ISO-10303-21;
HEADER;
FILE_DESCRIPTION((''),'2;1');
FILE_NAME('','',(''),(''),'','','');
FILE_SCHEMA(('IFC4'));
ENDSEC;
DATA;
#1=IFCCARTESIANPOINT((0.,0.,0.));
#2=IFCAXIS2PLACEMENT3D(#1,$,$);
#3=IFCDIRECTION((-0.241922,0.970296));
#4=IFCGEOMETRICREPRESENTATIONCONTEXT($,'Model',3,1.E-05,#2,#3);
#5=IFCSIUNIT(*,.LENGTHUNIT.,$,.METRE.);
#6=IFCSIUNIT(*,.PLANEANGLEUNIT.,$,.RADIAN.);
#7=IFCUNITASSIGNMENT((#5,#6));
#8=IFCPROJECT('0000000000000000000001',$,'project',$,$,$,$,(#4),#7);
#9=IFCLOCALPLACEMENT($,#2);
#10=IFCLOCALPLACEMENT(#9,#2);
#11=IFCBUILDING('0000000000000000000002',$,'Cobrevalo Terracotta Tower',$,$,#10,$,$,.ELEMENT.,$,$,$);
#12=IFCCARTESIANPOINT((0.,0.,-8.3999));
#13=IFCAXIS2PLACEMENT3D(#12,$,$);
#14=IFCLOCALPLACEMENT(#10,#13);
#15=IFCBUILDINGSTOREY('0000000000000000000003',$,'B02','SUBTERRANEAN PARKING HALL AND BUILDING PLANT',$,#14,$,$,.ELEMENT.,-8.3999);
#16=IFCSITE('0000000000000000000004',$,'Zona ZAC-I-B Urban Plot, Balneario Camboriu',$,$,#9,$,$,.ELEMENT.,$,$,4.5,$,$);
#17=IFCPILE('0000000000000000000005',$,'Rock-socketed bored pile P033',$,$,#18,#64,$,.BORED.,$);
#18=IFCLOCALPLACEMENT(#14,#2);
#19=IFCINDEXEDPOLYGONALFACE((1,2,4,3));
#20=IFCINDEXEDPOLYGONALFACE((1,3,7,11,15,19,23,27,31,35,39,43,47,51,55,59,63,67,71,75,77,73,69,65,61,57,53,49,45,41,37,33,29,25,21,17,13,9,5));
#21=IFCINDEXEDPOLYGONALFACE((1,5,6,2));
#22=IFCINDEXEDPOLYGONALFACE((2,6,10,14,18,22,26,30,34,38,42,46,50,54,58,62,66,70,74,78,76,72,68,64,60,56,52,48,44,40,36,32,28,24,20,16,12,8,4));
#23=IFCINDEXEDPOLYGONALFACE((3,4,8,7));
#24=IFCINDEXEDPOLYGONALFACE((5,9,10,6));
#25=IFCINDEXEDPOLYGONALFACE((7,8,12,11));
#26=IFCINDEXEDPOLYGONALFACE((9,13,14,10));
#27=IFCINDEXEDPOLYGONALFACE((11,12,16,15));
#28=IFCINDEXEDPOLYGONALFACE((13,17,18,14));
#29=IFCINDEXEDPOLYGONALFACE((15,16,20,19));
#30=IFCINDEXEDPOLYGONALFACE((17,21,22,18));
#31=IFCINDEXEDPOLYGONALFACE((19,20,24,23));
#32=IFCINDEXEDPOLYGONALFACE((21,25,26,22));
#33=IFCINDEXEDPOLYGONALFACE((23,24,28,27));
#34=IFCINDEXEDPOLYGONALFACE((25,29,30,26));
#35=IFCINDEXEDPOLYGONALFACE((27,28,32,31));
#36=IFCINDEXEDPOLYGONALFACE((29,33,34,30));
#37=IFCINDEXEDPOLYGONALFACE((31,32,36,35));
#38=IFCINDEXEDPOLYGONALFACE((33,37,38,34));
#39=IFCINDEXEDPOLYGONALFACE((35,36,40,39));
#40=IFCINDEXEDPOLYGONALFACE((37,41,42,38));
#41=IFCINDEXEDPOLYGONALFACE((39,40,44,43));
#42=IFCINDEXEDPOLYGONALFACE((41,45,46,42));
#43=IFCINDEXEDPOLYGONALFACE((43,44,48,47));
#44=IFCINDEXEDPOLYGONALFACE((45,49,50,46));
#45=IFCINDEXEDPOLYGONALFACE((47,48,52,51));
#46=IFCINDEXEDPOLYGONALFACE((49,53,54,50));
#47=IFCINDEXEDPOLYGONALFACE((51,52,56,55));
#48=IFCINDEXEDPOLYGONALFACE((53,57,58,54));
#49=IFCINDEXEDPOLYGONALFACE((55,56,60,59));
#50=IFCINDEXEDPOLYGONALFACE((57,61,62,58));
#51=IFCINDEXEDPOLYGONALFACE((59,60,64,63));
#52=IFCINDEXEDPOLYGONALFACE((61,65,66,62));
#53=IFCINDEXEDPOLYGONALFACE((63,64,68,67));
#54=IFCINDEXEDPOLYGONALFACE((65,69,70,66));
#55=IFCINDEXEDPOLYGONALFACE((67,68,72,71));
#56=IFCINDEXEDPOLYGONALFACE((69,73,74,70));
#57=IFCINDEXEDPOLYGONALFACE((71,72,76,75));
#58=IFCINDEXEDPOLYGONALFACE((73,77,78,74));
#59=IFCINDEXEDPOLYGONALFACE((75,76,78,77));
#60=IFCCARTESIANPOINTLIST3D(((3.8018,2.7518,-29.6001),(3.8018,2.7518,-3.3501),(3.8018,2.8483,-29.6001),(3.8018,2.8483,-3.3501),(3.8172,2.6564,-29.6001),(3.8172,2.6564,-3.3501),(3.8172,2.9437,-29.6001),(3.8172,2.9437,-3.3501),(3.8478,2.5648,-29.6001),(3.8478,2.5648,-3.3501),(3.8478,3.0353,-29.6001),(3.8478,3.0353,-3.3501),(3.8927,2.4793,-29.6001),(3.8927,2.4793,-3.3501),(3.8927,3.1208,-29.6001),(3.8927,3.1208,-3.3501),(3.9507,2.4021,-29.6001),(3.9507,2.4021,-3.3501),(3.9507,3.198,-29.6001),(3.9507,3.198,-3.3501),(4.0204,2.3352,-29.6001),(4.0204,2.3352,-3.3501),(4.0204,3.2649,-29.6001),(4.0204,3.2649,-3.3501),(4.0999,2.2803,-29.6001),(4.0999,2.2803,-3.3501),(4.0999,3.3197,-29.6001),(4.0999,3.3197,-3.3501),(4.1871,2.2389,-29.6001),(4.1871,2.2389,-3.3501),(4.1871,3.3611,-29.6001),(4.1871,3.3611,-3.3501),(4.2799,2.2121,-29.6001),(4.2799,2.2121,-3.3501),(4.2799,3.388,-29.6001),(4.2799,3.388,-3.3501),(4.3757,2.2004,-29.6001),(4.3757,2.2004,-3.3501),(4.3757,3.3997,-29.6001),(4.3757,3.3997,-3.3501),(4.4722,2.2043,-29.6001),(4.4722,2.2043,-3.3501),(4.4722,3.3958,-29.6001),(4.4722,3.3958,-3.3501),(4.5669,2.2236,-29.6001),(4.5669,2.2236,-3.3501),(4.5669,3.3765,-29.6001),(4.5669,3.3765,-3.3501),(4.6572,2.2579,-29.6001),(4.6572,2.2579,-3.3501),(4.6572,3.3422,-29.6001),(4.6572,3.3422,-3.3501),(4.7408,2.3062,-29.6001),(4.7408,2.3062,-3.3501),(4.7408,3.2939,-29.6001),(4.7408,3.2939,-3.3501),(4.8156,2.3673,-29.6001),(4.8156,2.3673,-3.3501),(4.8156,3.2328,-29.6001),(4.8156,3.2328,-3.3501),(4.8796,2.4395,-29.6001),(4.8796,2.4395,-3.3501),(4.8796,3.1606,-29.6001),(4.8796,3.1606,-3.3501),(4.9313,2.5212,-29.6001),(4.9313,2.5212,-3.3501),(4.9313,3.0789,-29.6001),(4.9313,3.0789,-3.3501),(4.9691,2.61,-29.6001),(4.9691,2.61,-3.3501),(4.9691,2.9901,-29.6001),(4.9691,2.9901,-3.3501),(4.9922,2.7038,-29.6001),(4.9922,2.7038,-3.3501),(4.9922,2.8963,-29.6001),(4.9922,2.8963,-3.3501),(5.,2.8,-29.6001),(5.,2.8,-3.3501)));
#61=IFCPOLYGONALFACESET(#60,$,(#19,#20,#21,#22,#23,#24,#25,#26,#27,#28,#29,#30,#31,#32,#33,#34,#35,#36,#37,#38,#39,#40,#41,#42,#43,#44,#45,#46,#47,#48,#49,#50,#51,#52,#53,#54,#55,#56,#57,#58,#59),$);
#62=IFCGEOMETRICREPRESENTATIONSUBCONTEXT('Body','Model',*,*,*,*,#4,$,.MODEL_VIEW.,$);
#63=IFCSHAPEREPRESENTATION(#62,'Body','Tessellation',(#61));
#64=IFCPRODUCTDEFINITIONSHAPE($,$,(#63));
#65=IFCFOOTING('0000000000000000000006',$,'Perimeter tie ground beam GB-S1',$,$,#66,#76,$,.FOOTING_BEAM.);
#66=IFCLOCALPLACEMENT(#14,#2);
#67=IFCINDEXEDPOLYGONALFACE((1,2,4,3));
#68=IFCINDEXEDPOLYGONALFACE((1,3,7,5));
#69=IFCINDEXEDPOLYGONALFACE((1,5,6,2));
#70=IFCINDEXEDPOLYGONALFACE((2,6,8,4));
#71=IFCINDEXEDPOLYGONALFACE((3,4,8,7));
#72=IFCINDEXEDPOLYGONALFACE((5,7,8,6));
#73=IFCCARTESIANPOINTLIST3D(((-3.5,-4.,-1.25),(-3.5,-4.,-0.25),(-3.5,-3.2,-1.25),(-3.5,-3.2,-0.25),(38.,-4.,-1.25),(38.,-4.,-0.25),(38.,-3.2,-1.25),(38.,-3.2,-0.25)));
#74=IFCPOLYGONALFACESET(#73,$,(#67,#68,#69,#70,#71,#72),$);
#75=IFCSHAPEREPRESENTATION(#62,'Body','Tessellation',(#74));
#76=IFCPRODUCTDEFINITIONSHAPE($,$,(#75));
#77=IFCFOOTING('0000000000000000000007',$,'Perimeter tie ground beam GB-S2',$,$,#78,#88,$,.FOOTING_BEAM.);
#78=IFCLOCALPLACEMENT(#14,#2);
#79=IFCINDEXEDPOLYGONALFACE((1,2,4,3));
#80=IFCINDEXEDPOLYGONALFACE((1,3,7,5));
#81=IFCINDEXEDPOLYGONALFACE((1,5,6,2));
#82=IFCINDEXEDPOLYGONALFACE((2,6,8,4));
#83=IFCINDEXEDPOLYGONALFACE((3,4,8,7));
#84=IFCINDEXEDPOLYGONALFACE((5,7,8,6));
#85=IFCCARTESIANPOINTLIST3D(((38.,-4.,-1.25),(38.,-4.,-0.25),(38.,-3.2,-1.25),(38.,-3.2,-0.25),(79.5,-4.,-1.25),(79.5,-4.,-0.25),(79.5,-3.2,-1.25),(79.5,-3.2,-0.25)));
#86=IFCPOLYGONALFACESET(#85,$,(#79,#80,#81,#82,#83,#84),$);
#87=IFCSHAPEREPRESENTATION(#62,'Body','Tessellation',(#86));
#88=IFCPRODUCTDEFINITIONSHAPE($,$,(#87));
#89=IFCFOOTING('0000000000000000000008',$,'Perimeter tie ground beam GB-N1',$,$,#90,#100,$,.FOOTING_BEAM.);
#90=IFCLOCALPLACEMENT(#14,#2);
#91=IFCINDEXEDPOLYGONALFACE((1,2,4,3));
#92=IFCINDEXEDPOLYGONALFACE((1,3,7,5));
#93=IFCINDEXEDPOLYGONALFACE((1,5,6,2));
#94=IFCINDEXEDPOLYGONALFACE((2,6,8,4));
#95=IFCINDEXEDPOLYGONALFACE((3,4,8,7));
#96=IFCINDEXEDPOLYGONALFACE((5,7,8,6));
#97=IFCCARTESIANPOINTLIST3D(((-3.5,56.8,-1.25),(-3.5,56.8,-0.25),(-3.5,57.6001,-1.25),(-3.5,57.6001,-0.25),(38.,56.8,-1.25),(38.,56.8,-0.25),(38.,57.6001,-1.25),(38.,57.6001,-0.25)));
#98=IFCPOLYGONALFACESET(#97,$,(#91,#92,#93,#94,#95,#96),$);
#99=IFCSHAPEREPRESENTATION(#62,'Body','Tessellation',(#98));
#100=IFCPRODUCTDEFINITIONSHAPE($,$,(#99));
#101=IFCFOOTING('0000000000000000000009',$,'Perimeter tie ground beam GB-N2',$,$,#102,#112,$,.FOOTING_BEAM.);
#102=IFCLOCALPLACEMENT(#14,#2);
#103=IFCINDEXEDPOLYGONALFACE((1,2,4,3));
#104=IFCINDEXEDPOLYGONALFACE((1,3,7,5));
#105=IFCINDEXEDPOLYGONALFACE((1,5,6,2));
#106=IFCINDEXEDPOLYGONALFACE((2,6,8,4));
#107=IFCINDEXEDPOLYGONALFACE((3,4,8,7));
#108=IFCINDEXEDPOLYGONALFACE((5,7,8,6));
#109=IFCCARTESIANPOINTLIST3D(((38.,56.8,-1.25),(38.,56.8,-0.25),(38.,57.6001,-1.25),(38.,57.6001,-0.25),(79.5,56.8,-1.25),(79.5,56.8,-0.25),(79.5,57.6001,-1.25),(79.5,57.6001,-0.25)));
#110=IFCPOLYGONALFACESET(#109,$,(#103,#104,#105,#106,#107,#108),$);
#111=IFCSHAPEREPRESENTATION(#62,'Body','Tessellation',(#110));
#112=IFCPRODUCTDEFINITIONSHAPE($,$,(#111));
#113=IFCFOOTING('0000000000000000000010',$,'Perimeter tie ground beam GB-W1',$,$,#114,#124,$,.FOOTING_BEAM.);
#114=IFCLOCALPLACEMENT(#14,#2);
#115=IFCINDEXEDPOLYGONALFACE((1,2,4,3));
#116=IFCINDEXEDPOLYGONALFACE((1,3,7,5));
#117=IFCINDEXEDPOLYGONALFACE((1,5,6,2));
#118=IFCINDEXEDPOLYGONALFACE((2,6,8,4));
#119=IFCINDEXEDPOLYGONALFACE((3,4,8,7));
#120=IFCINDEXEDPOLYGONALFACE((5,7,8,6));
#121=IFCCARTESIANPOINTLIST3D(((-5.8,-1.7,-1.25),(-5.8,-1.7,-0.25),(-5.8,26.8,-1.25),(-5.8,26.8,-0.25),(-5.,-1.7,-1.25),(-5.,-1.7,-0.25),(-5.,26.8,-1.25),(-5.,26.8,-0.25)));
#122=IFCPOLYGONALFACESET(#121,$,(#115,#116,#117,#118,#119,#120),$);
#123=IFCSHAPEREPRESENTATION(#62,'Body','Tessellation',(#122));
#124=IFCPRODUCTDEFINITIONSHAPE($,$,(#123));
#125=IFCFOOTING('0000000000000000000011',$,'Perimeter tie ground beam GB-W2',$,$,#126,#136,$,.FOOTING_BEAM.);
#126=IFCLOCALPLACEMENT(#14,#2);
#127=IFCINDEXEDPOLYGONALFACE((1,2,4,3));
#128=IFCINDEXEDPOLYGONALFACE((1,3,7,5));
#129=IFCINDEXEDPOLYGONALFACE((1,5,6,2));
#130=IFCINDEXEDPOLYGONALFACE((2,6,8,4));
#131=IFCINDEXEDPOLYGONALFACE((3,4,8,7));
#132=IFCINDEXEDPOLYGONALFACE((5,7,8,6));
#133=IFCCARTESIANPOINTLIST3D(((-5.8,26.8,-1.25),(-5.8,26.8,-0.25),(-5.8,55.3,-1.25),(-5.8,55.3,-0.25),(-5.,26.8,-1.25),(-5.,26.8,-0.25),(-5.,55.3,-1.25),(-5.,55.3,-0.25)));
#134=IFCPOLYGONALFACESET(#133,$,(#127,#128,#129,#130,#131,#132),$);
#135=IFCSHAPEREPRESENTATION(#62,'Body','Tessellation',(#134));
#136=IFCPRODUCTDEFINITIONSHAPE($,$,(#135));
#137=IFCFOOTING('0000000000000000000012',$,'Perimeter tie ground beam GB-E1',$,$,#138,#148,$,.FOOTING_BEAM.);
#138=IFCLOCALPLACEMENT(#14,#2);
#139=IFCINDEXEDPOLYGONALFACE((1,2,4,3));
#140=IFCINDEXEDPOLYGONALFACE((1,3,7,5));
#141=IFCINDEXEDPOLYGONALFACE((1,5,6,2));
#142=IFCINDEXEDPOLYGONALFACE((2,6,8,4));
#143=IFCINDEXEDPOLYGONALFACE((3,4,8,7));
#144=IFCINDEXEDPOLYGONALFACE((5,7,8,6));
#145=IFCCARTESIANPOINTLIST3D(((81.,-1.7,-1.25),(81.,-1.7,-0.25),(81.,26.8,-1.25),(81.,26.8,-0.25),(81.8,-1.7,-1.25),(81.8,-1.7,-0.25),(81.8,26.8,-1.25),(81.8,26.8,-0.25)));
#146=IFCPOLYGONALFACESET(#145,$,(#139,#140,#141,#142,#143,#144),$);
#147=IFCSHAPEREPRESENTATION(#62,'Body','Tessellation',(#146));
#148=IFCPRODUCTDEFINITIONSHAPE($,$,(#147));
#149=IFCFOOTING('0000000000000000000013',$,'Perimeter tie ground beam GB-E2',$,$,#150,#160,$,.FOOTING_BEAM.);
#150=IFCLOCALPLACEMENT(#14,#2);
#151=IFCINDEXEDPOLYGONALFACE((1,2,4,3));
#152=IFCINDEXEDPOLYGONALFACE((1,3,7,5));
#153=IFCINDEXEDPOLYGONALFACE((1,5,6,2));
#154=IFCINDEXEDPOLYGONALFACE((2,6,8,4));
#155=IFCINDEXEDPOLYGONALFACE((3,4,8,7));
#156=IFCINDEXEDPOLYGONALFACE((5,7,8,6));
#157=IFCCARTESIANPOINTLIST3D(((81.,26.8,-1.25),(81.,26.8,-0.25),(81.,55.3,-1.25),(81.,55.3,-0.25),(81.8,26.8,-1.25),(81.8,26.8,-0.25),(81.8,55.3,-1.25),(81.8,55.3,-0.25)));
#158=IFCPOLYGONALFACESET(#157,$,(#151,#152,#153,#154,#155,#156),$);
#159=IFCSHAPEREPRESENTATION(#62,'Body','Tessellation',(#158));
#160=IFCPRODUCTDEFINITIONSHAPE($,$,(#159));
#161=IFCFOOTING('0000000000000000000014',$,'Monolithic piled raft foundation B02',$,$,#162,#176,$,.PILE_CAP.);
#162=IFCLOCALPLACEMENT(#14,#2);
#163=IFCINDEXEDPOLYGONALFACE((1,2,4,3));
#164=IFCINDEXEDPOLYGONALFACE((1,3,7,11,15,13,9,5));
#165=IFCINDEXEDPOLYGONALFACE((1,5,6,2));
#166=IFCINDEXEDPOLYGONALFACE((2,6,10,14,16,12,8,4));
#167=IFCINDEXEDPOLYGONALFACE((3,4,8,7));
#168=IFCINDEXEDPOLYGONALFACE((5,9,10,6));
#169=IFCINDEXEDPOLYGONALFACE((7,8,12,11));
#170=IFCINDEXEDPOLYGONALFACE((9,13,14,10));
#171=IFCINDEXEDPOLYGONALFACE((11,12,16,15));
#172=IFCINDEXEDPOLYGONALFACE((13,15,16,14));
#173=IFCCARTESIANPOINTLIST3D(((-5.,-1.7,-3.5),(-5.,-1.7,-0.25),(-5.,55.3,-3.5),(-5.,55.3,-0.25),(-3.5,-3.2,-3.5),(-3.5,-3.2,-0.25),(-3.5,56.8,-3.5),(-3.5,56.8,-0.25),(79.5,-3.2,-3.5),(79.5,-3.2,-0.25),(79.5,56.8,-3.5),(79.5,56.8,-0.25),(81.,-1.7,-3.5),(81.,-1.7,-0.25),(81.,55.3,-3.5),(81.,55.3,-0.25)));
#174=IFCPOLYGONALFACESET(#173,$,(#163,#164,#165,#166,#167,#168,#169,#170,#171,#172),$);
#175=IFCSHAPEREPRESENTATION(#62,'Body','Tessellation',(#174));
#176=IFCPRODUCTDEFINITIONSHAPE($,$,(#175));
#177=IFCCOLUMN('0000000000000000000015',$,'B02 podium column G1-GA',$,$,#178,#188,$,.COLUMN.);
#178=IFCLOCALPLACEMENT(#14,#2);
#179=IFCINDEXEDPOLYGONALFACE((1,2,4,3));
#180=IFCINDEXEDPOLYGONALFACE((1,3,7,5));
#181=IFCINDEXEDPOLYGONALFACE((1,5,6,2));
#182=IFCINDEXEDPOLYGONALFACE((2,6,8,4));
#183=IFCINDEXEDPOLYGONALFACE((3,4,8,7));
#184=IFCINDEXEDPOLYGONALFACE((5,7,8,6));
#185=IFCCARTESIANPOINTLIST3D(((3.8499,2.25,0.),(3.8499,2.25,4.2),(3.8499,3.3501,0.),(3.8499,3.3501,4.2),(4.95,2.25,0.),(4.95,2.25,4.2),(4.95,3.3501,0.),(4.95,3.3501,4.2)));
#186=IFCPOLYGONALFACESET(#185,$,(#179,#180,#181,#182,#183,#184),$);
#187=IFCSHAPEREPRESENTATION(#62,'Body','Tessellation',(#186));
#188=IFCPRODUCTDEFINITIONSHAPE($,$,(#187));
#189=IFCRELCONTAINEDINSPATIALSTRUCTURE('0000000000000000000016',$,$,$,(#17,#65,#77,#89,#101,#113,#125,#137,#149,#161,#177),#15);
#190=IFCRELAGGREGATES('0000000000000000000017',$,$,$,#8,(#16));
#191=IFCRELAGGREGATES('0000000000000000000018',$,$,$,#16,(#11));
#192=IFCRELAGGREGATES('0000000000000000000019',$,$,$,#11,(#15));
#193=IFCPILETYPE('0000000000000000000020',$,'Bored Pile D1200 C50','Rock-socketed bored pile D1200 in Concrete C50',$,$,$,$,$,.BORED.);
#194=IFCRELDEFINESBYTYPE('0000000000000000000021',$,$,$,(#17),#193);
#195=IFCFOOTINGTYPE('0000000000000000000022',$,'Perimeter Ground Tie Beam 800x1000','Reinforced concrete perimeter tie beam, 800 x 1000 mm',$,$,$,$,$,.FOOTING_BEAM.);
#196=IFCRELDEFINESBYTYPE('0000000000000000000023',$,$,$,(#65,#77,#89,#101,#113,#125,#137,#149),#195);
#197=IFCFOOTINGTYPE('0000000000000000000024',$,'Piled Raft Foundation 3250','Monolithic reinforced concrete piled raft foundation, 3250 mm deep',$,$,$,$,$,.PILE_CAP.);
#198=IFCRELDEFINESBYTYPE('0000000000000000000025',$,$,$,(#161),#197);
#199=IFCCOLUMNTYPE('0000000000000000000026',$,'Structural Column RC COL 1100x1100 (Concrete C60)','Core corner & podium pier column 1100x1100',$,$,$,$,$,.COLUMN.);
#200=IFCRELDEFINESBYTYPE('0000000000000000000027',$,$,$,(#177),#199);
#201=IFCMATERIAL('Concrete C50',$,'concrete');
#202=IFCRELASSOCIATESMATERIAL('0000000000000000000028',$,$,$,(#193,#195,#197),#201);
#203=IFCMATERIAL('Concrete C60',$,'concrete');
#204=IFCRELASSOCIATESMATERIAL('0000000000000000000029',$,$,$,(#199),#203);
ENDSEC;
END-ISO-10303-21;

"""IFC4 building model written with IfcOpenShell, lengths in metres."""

from ifc_helpers import new_model, si_unit, direction, frame, origin, origin_2d, place, context, subcontext, project, spatial, polyline, rectangle, circle, outline, extrude, material, material_profile, profile_set, type_object, element, save


model = new_model("IFC4")

# Units and contexts
model_context = context("Model", 3, precision=1e-05, world=origin(), true_north=direction((-0.241922, 0.970296)))
body_context = subcontext(model_context, "Body", "Model", "MODEL_VIEW")
ifc_project = project(units=[si_unit("LENGTHUNIT", "METRE"), si_unit("PLANEANGLEUNIT", "RADIAN")], contexts=[model_context])

# Site, building, storey
site_placement = place(None, origin())
site = spatial("IfcSite", under=ifc_project, at=site_placement, Name="Zona ZAC-I-B Urban Plot, Balneario Camboriu", CompositionType="ELEMENT", RefElevation=4.5)
building_placement = place(site_placement, origin())
building = spatial("IfcBuilding", under=site, at=building_placement, Name="Cobrevalo Terracotta Tower", CompositionType="ELEMENT")
storey_placement = place(building_placement, frame((0.0, 0.0, -8.3999)))
storey = spatial("IfcBuildingStorey", under=building, at=storey_placement, Name="B02", Description="SUBTERRANEAN PARKING HALL AND BUILDING PLANT", CompositionType="ELEMENT", Elevation=-8.3999)

# Pile
ifc_material_1 = material(Name="Concrete C50", Category="concrete")
ifc_material_profile_1 = material_profile(ifc_material_1, circle(Radius=0.6001, at=origin_2d()), Name="PILE D1200")
ifc_profile_set_1 = profile_set([ifc_material_profile_1], Name="Concrete C50")
pile_type = type_object("IfcPileType", Name="Bored Pile D1200 C50", Description="Rock-socketed bored pile D1200 in Concrete C50", PredefinedType="BORED", material=ifc_profile_set_1)
pile_placement = place(storey_placement, frame((4.3999, 2.8, -3.3501), z_axis=(0.0, 0.0, -1.0), x_axis=(1.0, 0.0, 0.0)))
element("IfcPile", 1, at=pile_placement, inside=storey, type_object=pile_type, Name="Rock-socketed bored pile P033", PredefinedType="BORED", context=body_context, shape_type="SweptSolid", body=[
    extrude(circle(Radius=0.6001, at=origin_2d()), origin(), (0.0, 0.0, 1.0), 26.25),
])

# Footings
footing_type_1 = type_object("IfcFootingType", Name="Perimeter Ground Tie Beam 800x1000", Description="Reinforced concrete perimeter tie beam, 800 x 1000 mm", PredefinedType="FOOTING_BEAM", material=ifc_material_1)
footing_1_placement = place(storey_placement, frame((0.0, 0.0, -1.25)))
element("IfcFooting", 2, at=footing_1_placement, inside=storey, type_object=footing_type_1, Name="Perimeter tie ground beam GB-S1", PredefinedType="FOOTING_BEAM", context=body_context, shape_type="SweptSolid", body=[
    extrude(outline(polyline([(-3.5, -4.0), (38.0, -4.0), (38.0, -3.2), (-3.5, -3.2), (-3.5, -4.0)])), origin(), (0.0, 0.0, 1.0), 1.0),
])
footing_2_placement = place(storey_placement, frame((0.0, 0.0, -1.25)))
element("IfcFooting", 3, at=footing_2_placement, inside=storey, type_object=footing_type_1, Name="Perimeter tie ground beam GB-S2", PredefinedType="FOOTING_BEAM", context=body_context, shape_type="SweptSolid", body=[
    extrude(outline(polyline([(38.0, -4.0), (79.5, -4.0), (79.5, -3.2), (38.0, -3.2), (38.0, -4.0)])), origin(), (0.0, 0.0, 1.0), 1.0),
])
footing_3_placement = place(storey_placement, frame((0.0, 0.0, -1.25)))
element("IfcFooting", 4, at=footing_3_placement, inside=storey, type_object=footing_type_1, Name="Perimeter tie ground beam GB-N1", PredefinedType="FOOTING_BEAM", context=body_context, shape_type="SweptSolid", body=[
    extrude(outline(polyline([(-3.5, 56.8), (38.0, 56.8), (38.0, 57.6001), (-3.5, 57.6001), (-3.5, 56.8)])), origin(), (0.0, 0.0, 1.0), 1.0),
])
footing_4_placement = place(storey_placement, frame((0.0, 0.0, -1.25)))
element("IfcFooting", 5, at=footing_4_placement, inside=storey, type_object=footing_type_1, Name="Perimeter tie ground beam GB-N2", PredefinedType="FOOTING_BEAM", context=body_context, shape_type="SweptSolid", body=[
    extrude(outline(polyline([(38.0, 56.8), (79.5, 56.8), (79.5, 57.6001), (38.0, 57.6001), (38.0, 56.8)])), origin(), (0.0, 0.0, 1.0), 1.0),
])
footing_5_placement = place(storey_placement, frame((0.0, 0.0, -1.25)))
element("IfcFooting", 6, at=footing_5_placement, inside=storey, type_object=footing_type_1, Name="Perimeter tie ground beam GB-W1", PredefinedType="FOOTING_BEAM", context=body_context, shape_type="SweptSolid", body=[
    extrude(outline(polyline([(-5.8, -1.7), (-5.0, -1.7), (-5.0, 26.8), (-5.8, 26.8), (-5.8, -1.7)])), origin(), (0.0, 0.0, 1.0), 1.0),
])
footing_6_placement = place(storey_placement, frame((0.0, 0.0, -1.25)))
element("IfcFooting", 7, at=footing_6_placement, inside=storey, type_object=footing_type_1, Name="Perimeter tie ground beam GB-W2", PredefinedType="FOOTING_BEAM", context=body_context, shape_type="SweptSolid", body=[
    extrude(outline(polyline([(-5.8, 26.8), (-5.0, 26.8), (-5.0, 55.3), (-5.8, 55.3), (-5.8, 26.8)])), origin(), (0.0, 0.0, 1.0), 1.0),
])
footing_7_placement = place(storey_placement, frame((0.0, 0.0, -1.25)))
element("IfcFooting", 8, at=footing_7_placement, inside=storey, type_object=footing_type_1, Name="Perimeter tie ground beam GB-E1", PredefinedType="FOOTING_BEAM", context=body_context, shape_type="SweptSolid", body=[
    extrude(outline(polyline([(81.0, -1.7), (81.8, -1.7), (81.8, 26.8), (81.0, 26.8), (81.0, -1.7)])), origin(), (0.0, 0.0, 1.0), 1.0),
])
footing_8_placement = place(storey_placement, frame((0.0, 0.0, -1.25)))
element("IfcFooting", 9, at=footing_8_placement, inside=storey, type_object=footing_type_1, Name="Perimeter tie ground beam GB-E2", PredefinedType="FOOTING_BEAM", context=body_context, shape_type="SweptSolid", body=[
    extrude(outline(polyline([(81.0, 26.8), (81.8, 26.8), (81.8, 55.3), (81.0, 55.3), (81.0, 26.8)])), origin(), (0.0, 0.0, 1.0), 1.0),
])
footing_type_2 = type_object("IfcFootingType", Name="Piled Raft Foundation 3250", Description="Monolithic reinforced concrete piled raft foundation, 3250 mm deep", PredefinedType="PILE_CAP", material=ifc_material_1)
footing_9_placement = place(storey_placement, frame((0.0, 0.0, -3.5)))
element("IfcFooting", 10, at=footing_9_placement, inside=storey, type_object=footing_type_2, Name="Monolithic piled raft foundation B02", PredefinedType="PILE_CAP", context=body_context, shape_type="SweptSolid", body=[
    extrude(outline(polyline([(-3.5, -3.2), (79.5, -3.2), (81.0, -1.7), (81.0, 55.3), (79.5, 56.8), (-3.5, 56.8), (-5.0, 55.3), (-5.0, -1.7), (-3.5, -3.2)])), origin(), (0.0, 0.0, 1.0), 3.25),
])

# Column
ifc_material_2 = material(Name="Concrete C60", Category="concrete")
ifc_material_profile_2 = material_profile(ifc_material_2, rectangle(XDim=1.1001, YDim=1.1001, at=origin_2d()), Name="RC COL 1100x1100")
ifc_profile_set_2 = profile_set([ifc_material_profile_2], Name="Concrete C60")
column_type = type_object("IfcColumnType", Name="Structural Column RC COL 1100x1100 (Concrete C60)", Description="Core corner & podium pier column 1100x1100", PredefinedType="COLUMN", material=ifc_profile_set_2)
column_placement = place(storey_placement, frame((4.3999, 2.8, 0.0), z_axis=(0.0, 0.0, 1.0), x_axis=(1.0, 0.0, 0.0)))
element("IfcColumn", 11, at=column_placement, inside=storey, type_object=column_type, Name="B02 podium column G1-GA", PredefinedType="COLUMN", context=body_context, shape_type="SweptSolid", body=[
    extrude(rectangle(XDim=1.1001, YDim=1.1001, at=origin_2d()), origin(), (0.0, 0.0, 1.0), 4.2),
])

save(model, "model.ifc")
